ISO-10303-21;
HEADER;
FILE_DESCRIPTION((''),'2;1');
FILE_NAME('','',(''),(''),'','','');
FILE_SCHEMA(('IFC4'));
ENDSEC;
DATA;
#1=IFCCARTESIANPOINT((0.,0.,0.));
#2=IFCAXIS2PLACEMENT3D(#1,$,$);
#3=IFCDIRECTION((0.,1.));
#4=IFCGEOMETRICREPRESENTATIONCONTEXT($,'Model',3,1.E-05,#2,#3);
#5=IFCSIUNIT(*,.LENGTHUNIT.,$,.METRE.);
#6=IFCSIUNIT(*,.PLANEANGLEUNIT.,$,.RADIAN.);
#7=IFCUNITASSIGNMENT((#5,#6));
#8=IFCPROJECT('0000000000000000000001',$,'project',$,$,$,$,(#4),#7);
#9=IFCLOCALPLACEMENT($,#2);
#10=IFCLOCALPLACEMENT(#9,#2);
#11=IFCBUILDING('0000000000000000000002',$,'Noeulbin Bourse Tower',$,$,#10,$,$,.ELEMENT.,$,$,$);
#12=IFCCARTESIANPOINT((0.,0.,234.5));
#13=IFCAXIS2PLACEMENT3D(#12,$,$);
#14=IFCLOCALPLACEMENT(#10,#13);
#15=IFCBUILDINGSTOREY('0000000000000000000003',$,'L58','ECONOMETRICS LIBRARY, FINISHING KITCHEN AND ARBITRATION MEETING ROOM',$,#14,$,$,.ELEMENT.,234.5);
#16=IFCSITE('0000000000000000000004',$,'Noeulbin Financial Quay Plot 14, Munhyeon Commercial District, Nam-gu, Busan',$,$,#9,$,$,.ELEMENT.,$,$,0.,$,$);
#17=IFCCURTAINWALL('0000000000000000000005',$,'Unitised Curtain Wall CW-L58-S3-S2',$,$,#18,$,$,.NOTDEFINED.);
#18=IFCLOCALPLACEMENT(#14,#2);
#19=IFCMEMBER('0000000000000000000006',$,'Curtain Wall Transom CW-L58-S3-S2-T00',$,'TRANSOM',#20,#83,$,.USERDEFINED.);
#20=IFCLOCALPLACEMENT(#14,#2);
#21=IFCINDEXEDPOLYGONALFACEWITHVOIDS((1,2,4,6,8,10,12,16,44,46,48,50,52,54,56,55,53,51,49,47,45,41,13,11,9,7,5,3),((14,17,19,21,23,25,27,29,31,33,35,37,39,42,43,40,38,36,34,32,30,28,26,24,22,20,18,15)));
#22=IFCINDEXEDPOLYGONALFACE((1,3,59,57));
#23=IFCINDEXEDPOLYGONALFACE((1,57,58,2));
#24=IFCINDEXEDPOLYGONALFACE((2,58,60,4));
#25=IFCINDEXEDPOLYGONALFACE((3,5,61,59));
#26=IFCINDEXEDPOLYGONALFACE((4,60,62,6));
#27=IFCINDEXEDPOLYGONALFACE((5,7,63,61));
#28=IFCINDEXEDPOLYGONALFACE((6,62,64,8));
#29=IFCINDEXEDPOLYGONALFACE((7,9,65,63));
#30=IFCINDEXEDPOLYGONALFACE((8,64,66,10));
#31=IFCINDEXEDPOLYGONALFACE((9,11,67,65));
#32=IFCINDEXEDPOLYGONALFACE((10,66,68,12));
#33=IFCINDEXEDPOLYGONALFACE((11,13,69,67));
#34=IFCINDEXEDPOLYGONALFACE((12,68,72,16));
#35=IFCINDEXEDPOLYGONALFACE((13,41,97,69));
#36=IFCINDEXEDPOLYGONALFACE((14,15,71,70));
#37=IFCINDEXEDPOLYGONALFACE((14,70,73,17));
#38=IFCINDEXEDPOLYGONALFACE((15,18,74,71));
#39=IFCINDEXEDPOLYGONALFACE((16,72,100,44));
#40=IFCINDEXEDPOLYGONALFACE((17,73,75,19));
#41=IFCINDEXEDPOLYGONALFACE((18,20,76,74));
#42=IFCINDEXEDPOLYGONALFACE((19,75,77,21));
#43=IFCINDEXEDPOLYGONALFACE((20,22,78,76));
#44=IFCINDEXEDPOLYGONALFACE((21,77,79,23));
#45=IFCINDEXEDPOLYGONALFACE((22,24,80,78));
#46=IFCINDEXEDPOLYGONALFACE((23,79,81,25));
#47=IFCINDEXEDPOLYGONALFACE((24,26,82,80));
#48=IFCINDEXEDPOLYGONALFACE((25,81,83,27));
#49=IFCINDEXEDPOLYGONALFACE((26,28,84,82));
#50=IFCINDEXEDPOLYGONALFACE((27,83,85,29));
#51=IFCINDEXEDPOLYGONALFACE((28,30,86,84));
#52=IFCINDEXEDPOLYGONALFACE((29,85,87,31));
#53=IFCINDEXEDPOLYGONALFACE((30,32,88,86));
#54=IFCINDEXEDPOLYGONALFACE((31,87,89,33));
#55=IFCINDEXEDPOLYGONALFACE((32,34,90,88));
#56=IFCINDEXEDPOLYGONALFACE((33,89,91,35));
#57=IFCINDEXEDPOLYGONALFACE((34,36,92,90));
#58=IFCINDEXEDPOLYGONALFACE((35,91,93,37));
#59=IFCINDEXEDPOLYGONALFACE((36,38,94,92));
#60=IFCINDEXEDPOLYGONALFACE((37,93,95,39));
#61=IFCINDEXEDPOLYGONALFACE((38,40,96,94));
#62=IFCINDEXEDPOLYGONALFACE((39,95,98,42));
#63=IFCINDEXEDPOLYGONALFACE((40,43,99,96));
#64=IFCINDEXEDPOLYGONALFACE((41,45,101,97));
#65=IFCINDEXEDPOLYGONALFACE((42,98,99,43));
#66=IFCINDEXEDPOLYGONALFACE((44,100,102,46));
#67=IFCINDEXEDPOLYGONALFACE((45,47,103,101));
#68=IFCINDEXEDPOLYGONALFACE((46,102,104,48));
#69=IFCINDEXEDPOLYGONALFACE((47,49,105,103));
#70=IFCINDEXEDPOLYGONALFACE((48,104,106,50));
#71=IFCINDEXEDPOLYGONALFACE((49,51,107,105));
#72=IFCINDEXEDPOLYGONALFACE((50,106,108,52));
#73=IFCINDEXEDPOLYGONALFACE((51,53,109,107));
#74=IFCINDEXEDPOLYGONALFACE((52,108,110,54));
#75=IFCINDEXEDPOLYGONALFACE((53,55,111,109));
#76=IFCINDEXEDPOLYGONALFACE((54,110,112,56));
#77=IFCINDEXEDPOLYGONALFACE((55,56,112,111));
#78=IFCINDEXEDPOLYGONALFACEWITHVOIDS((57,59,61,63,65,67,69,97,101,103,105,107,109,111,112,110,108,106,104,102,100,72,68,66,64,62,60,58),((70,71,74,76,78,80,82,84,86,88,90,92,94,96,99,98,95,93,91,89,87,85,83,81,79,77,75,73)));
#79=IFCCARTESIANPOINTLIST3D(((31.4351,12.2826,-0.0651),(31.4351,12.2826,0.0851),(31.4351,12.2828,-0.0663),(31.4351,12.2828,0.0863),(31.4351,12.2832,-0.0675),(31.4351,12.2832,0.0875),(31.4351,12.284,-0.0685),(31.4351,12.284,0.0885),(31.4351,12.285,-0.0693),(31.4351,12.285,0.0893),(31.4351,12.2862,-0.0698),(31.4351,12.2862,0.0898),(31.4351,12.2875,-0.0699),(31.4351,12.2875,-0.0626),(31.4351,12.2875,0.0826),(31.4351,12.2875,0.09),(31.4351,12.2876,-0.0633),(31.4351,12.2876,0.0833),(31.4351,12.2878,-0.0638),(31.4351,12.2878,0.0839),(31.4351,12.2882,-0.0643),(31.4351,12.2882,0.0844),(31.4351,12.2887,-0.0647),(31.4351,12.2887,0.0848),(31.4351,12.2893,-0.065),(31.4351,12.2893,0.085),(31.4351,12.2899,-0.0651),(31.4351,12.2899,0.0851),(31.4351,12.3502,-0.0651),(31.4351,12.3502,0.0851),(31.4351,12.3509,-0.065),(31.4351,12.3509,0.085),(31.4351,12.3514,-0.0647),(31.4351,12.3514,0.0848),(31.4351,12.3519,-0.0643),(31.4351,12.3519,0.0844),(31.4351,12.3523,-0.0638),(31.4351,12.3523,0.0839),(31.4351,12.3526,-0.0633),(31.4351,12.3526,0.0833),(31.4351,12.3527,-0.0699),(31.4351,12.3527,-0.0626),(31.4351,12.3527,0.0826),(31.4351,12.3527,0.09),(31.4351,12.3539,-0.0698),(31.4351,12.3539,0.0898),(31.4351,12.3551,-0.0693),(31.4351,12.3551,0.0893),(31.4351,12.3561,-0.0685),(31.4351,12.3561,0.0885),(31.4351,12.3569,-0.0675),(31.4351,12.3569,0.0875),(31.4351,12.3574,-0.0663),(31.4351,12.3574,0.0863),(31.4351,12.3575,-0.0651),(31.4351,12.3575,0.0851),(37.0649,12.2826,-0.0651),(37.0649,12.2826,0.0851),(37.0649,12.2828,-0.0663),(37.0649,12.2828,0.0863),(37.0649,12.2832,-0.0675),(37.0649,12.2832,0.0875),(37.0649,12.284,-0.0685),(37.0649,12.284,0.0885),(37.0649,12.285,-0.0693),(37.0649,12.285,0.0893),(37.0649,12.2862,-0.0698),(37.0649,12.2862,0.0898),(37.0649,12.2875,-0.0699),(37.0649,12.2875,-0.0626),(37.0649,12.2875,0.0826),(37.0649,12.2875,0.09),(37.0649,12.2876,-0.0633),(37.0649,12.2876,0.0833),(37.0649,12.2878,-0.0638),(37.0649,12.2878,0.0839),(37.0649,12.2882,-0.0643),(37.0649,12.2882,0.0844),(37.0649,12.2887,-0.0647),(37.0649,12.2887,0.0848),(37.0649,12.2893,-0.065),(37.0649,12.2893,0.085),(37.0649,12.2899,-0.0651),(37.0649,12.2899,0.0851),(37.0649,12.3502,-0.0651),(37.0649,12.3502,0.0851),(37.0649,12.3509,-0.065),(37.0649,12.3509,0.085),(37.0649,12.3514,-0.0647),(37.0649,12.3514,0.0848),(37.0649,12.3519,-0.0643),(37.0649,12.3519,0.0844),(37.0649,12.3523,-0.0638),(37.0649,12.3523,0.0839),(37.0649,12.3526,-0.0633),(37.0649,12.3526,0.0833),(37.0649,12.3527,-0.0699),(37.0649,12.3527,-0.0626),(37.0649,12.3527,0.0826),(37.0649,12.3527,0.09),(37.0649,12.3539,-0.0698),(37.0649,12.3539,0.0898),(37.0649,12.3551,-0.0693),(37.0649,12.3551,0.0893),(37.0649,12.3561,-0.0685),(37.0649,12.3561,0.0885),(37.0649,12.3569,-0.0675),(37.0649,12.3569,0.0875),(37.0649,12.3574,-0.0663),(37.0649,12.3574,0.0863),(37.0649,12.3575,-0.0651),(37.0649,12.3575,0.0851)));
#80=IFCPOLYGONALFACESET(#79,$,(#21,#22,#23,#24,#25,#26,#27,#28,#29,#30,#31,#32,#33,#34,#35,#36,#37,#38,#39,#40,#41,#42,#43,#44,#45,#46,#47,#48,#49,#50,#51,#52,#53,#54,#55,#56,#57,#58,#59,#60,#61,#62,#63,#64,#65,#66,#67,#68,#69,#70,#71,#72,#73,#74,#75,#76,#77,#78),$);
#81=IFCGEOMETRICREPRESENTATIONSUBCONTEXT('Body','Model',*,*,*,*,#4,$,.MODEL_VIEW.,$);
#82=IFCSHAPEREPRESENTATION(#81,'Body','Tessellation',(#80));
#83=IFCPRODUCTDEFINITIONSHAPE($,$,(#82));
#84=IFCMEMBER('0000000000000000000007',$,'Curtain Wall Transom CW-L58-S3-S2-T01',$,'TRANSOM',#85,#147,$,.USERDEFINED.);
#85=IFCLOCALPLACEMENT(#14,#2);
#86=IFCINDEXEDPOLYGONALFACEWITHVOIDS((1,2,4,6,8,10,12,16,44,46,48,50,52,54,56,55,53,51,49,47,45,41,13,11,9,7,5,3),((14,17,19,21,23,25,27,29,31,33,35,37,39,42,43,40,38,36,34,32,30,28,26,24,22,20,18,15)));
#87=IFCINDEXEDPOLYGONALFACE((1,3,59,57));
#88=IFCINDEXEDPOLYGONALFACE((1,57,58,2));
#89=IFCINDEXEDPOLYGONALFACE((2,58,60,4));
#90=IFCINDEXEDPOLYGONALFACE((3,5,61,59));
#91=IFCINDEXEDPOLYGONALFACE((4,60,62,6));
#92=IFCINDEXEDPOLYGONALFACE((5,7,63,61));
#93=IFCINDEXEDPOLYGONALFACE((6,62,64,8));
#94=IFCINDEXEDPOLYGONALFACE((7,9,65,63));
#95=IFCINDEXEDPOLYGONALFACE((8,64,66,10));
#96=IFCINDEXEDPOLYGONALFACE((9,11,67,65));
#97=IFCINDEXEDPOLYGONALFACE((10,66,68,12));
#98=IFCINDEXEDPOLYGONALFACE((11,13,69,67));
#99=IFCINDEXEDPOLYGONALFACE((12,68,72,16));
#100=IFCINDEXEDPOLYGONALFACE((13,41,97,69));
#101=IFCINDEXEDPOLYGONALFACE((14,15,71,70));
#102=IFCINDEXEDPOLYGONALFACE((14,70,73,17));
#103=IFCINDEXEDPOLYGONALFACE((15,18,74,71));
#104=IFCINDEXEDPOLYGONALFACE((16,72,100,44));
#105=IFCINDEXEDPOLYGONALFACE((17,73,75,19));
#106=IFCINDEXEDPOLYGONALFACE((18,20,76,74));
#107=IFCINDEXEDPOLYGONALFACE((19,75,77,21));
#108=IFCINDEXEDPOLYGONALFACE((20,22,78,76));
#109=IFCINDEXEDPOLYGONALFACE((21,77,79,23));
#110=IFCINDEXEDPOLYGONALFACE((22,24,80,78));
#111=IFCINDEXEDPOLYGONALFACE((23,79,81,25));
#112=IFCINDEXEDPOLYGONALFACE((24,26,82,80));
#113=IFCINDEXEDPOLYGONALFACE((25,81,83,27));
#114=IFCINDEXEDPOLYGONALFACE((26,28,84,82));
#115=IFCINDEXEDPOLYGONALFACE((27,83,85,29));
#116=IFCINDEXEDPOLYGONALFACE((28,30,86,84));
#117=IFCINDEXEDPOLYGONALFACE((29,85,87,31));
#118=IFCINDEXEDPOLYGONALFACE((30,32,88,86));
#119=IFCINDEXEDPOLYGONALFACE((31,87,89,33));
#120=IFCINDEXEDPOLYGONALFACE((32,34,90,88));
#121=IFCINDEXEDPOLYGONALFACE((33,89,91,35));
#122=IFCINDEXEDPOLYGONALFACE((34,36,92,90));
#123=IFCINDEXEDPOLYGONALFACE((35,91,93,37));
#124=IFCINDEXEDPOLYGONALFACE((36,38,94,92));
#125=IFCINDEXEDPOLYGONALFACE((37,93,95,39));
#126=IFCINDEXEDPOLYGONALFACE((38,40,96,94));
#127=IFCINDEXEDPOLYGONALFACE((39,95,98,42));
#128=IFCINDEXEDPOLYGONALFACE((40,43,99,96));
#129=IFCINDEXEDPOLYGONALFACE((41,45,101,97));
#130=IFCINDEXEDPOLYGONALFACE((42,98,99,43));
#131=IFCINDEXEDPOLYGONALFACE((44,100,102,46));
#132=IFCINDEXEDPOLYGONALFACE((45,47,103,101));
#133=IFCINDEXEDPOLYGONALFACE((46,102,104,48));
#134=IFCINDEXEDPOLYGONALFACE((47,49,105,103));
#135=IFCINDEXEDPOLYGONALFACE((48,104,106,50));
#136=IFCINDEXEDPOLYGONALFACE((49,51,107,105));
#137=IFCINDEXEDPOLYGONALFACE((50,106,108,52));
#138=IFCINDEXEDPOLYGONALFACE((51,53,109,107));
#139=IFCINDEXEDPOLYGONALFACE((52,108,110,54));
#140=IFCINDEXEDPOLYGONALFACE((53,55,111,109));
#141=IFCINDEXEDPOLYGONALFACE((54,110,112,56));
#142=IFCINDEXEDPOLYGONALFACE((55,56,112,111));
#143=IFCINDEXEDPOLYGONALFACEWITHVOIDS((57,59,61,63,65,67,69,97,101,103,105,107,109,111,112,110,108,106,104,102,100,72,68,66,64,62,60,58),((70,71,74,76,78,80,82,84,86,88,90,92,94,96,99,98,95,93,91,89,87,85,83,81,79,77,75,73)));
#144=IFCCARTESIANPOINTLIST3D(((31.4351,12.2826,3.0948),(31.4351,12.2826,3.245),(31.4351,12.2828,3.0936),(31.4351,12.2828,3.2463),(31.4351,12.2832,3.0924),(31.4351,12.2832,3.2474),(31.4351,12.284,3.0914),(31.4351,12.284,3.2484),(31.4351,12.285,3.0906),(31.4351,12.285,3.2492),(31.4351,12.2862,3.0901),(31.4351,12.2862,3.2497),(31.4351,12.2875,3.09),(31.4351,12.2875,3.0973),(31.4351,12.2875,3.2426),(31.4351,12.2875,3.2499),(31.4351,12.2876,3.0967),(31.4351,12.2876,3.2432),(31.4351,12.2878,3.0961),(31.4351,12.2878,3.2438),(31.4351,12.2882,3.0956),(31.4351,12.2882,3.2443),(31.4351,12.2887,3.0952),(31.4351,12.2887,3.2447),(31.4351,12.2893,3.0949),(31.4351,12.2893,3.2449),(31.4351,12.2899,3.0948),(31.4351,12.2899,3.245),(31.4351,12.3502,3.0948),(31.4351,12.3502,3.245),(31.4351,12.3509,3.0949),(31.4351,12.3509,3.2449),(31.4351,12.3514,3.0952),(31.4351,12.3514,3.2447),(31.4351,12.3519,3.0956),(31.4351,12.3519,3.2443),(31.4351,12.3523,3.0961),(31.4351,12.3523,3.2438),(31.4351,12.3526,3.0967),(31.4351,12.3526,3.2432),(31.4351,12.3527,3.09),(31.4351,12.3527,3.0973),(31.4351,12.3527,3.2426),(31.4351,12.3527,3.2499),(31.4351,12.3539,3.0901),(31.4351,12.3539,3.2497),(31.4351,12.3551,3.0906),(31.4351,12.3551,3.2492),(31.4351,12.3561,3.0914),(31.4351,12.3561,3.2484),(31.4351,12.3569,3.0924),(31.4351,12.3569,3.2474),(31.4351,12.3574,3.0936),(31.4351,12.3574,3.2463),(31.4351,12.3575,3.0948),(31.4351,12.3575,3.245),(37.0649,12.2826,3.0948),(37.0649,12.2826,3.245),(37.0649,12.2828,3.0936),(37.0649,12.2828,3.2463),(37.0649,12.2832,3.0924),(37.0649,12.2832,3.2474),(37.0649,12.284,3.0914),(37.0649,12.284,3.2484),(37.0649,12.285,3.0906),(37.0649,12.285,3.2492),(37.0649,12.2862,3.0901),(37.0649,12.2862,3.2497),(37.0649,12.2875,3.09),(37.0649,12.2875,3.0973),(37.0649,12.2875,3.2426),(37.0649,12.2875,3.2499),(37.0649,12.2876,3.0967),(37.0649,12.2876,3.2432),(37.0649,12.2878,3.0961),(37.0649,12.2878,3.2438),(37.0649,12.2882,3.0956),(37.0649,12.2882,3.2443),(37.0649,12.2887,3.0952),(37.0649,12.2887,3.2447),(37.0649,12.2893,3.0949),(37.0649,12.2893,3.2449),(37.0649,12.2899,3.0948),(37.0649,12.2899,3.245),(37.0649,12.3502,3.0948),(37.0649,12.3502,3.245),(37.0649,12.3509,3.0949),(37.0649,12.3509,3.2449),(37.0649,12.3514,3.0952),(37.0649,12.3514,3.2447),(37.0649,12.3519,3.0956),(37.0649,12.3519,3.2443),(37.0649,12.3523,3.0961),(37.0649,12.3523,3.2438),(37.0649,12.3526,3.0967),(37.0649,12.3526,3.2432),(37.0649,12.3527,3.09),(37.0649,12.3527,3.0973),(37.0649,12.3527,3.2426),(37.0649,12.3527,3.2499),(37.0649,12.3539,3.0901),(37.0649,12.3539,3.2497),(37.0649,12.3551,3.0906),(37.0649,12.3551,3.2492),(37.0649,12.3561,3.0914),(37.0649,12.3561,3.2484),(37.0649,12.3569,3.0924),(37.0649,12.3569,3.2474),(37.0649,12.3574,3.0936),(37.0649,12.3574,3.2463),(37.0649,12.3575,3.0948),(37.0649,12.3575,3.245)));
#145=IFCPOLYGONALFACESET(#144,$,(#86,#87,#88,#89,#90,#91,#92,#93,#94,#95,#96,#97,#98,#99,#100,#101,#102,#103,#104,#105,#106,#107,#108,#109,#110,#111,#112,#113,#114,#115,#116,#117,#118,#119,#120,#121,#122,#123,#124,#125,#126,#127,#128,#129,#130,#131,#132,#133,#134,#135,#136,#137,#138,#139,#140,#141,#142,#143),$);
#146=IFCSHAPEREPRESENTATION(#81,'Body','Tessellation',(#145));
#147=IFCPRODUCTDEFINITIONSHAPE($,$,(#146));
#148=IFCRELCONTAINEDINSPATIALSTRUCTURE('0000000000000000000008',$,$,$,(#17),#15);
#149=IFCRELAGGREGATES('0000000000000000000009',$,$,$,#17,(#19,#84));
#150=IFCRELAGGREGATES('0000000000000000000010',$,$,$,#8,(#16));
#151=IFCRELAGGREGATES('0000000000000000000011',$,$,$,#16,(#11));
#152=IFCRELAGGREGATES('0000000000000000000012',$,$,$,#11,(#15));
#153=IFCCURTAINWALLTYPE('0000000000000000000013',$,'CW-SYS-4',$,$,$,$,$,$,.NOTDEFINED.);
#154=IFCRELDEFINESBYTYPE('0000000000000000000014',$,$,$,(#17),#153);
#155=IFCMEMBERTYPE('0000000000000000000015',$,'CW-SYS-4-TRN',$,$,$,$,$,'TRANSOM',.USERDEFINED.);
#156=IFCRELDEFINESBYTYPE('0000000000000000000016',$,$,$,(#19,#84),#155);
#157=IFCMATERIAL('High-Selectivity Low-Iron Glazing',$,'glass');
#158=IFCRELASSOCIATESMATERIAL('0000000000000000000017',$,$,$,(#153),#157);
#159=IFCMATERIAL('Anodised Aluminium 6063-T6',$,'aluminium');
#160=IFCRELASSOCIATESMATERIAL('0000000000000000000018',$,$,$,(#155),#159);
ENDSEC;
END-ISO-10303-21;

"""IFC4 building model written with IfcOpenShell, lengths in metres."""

from ifc_helpers import new_model, si_unit, direction, frame, origin, origin_2d, place, context, subcontext, project, spatial, hollow_rectangle, extrude, material, material_profile, profile_set, type_object, element, aggregate, save


model = new_model("IFC4")

# Units and contexts
model_context = context("Model", 3, precision=1e-05, world=origin(), true_north=direction((0.0, 1.0)))
body_context = subcontext(model_context, "Body", "Model", "MODEL_VIEW")
ifc_project = project(units=[si_unit("LENGTHUNIT", "METRE"), si_unit("PLANEANGLEUNIT", "RADIAN")], contexts=[model_context])

# Site, building, storey
site_placement = place(None, origin())
site = spatial("IfcSite", under=ifc_project, at=site_placement, Name="Noeulbin Financial Quay Plot 14, Munhyeon Commercial District, Nam-gu, Busan", CompositionType="ELEMENT", RefElevation=0.0)
building_placement = place(site_placement, origin())
building = spatial("IfcBuilding", under=site, at=building_placement, Name="Noeulbin Bourse Tower", CompositionType="ELEMENT")
storey_placement = place(building_placement, frame((0.0, 0.0, 234.5)))
storey = spatial("IfcBuildingStorey", under=building, at=storey_placement, Name="L58", Description="ECONOMETRICS LIBRARY, FINISHING KITCHEN AND ARBITRATION MEETING ROOM", CompositionType="ELEMENT", Elevation=234.5)

# Curtain wall
ifc_material_1 = material(Name="High-Selectivity Low-Iron Glazing", Category="glass")
curtain_wall_type = type_object("IfcCurtainWallType", Name="CW-SYS-4", PredefinedType="NOTDEFINED", material=ifc_material_1)
curtain_wall_1_placement = place(storey_placement, origin())
curtain_wall_1 = element("IfcCurtainWall", 1, at=curtain_wall_1_placement, inside=storey, type_object=curtain_wall_type, Name="Unitised Curtain Wall CW-L58-S3-S2", PredefinedType="NOTDEFINED")
ifc_material_2 = material(Name="Anodised Aluminium 6063-T6", Category="aluminium")

# Members
ifc_material_profile_1 = material_profile(ifc_material_2, hollow_rectangle(XDim=0.075, YDim=0.1599, WallThickness=0.0049, InnerFilletRadius=0.0024, OuterFilletRadius=0.0049, at=origin_2d()), Name="ALU-TRAN-75x160x5", Category="LoadBearing")
ifc_profile_set_1 = profile_set([ifc_material_profile_1], Name="Anodised Aluminium 6063-T6")
member_type_1 = type_object("IfcMemberType", Name="CW-SYS-4-TRN", ElementType="TRANSOM", PredefinedType="USERDEFINED", material=ifc_profile_set_1)
member_1_placement = place(storey_placement, frame((31.4351, 12.3201, 0.01), z_axis=(1.0, 0.0, 0.0), x_axis=(0.0, 1.0, 0.0)))
member_1 = element("IfcMember", 2, at=member_1_placement, type_object=member_type_1, Name="Curtain Wall Transom CW-L58-S3-S2-T00", ObjectType="TRANSOM", PredefinedType="USERDEFINED", context=body_context, shape_type="SweptSolid", body=[
    extrude(hollow_rectangle(XDim=0.075, YDim=0.1599, WallThickness=0.0049, InnerFilletRadius=0.0024, OuterFilletRadius=0.0049, at=origin_2d()), origin(), (0.0, 0.0, 1.0), 5.6299),
])
member_2_placement = place(storey_placement, frame((31.4351, 12.3201, 3.1699), z_axis=(1.0, 0.0, 0.0), x_axis=(0.0, 1.0, 0.0)))
member_2 = element("IfcMember", 3, at=member_2_placement, type_object=member_type_1, Name="Curtain Wall Transom CW-L58-S3-S2-T01", ObjectType="TRANSOM", PredefinedType="USERDEFINED", context=body_context, shape_type="SweptSolid", body=[
    extrude(hollow_rectangle(XDim=0.075, YDim=0.1599, WallThickness=0.0049, InnerFilletRadius=0.0024, OuterFilletRadius=0.0049, at=origin_2d()), origin(), (0.0, 0.0, 1.0), 5.6299),
])

aggregate(curtain_wall_1, [member_1, member_2])

save(model, "model.ifc")
